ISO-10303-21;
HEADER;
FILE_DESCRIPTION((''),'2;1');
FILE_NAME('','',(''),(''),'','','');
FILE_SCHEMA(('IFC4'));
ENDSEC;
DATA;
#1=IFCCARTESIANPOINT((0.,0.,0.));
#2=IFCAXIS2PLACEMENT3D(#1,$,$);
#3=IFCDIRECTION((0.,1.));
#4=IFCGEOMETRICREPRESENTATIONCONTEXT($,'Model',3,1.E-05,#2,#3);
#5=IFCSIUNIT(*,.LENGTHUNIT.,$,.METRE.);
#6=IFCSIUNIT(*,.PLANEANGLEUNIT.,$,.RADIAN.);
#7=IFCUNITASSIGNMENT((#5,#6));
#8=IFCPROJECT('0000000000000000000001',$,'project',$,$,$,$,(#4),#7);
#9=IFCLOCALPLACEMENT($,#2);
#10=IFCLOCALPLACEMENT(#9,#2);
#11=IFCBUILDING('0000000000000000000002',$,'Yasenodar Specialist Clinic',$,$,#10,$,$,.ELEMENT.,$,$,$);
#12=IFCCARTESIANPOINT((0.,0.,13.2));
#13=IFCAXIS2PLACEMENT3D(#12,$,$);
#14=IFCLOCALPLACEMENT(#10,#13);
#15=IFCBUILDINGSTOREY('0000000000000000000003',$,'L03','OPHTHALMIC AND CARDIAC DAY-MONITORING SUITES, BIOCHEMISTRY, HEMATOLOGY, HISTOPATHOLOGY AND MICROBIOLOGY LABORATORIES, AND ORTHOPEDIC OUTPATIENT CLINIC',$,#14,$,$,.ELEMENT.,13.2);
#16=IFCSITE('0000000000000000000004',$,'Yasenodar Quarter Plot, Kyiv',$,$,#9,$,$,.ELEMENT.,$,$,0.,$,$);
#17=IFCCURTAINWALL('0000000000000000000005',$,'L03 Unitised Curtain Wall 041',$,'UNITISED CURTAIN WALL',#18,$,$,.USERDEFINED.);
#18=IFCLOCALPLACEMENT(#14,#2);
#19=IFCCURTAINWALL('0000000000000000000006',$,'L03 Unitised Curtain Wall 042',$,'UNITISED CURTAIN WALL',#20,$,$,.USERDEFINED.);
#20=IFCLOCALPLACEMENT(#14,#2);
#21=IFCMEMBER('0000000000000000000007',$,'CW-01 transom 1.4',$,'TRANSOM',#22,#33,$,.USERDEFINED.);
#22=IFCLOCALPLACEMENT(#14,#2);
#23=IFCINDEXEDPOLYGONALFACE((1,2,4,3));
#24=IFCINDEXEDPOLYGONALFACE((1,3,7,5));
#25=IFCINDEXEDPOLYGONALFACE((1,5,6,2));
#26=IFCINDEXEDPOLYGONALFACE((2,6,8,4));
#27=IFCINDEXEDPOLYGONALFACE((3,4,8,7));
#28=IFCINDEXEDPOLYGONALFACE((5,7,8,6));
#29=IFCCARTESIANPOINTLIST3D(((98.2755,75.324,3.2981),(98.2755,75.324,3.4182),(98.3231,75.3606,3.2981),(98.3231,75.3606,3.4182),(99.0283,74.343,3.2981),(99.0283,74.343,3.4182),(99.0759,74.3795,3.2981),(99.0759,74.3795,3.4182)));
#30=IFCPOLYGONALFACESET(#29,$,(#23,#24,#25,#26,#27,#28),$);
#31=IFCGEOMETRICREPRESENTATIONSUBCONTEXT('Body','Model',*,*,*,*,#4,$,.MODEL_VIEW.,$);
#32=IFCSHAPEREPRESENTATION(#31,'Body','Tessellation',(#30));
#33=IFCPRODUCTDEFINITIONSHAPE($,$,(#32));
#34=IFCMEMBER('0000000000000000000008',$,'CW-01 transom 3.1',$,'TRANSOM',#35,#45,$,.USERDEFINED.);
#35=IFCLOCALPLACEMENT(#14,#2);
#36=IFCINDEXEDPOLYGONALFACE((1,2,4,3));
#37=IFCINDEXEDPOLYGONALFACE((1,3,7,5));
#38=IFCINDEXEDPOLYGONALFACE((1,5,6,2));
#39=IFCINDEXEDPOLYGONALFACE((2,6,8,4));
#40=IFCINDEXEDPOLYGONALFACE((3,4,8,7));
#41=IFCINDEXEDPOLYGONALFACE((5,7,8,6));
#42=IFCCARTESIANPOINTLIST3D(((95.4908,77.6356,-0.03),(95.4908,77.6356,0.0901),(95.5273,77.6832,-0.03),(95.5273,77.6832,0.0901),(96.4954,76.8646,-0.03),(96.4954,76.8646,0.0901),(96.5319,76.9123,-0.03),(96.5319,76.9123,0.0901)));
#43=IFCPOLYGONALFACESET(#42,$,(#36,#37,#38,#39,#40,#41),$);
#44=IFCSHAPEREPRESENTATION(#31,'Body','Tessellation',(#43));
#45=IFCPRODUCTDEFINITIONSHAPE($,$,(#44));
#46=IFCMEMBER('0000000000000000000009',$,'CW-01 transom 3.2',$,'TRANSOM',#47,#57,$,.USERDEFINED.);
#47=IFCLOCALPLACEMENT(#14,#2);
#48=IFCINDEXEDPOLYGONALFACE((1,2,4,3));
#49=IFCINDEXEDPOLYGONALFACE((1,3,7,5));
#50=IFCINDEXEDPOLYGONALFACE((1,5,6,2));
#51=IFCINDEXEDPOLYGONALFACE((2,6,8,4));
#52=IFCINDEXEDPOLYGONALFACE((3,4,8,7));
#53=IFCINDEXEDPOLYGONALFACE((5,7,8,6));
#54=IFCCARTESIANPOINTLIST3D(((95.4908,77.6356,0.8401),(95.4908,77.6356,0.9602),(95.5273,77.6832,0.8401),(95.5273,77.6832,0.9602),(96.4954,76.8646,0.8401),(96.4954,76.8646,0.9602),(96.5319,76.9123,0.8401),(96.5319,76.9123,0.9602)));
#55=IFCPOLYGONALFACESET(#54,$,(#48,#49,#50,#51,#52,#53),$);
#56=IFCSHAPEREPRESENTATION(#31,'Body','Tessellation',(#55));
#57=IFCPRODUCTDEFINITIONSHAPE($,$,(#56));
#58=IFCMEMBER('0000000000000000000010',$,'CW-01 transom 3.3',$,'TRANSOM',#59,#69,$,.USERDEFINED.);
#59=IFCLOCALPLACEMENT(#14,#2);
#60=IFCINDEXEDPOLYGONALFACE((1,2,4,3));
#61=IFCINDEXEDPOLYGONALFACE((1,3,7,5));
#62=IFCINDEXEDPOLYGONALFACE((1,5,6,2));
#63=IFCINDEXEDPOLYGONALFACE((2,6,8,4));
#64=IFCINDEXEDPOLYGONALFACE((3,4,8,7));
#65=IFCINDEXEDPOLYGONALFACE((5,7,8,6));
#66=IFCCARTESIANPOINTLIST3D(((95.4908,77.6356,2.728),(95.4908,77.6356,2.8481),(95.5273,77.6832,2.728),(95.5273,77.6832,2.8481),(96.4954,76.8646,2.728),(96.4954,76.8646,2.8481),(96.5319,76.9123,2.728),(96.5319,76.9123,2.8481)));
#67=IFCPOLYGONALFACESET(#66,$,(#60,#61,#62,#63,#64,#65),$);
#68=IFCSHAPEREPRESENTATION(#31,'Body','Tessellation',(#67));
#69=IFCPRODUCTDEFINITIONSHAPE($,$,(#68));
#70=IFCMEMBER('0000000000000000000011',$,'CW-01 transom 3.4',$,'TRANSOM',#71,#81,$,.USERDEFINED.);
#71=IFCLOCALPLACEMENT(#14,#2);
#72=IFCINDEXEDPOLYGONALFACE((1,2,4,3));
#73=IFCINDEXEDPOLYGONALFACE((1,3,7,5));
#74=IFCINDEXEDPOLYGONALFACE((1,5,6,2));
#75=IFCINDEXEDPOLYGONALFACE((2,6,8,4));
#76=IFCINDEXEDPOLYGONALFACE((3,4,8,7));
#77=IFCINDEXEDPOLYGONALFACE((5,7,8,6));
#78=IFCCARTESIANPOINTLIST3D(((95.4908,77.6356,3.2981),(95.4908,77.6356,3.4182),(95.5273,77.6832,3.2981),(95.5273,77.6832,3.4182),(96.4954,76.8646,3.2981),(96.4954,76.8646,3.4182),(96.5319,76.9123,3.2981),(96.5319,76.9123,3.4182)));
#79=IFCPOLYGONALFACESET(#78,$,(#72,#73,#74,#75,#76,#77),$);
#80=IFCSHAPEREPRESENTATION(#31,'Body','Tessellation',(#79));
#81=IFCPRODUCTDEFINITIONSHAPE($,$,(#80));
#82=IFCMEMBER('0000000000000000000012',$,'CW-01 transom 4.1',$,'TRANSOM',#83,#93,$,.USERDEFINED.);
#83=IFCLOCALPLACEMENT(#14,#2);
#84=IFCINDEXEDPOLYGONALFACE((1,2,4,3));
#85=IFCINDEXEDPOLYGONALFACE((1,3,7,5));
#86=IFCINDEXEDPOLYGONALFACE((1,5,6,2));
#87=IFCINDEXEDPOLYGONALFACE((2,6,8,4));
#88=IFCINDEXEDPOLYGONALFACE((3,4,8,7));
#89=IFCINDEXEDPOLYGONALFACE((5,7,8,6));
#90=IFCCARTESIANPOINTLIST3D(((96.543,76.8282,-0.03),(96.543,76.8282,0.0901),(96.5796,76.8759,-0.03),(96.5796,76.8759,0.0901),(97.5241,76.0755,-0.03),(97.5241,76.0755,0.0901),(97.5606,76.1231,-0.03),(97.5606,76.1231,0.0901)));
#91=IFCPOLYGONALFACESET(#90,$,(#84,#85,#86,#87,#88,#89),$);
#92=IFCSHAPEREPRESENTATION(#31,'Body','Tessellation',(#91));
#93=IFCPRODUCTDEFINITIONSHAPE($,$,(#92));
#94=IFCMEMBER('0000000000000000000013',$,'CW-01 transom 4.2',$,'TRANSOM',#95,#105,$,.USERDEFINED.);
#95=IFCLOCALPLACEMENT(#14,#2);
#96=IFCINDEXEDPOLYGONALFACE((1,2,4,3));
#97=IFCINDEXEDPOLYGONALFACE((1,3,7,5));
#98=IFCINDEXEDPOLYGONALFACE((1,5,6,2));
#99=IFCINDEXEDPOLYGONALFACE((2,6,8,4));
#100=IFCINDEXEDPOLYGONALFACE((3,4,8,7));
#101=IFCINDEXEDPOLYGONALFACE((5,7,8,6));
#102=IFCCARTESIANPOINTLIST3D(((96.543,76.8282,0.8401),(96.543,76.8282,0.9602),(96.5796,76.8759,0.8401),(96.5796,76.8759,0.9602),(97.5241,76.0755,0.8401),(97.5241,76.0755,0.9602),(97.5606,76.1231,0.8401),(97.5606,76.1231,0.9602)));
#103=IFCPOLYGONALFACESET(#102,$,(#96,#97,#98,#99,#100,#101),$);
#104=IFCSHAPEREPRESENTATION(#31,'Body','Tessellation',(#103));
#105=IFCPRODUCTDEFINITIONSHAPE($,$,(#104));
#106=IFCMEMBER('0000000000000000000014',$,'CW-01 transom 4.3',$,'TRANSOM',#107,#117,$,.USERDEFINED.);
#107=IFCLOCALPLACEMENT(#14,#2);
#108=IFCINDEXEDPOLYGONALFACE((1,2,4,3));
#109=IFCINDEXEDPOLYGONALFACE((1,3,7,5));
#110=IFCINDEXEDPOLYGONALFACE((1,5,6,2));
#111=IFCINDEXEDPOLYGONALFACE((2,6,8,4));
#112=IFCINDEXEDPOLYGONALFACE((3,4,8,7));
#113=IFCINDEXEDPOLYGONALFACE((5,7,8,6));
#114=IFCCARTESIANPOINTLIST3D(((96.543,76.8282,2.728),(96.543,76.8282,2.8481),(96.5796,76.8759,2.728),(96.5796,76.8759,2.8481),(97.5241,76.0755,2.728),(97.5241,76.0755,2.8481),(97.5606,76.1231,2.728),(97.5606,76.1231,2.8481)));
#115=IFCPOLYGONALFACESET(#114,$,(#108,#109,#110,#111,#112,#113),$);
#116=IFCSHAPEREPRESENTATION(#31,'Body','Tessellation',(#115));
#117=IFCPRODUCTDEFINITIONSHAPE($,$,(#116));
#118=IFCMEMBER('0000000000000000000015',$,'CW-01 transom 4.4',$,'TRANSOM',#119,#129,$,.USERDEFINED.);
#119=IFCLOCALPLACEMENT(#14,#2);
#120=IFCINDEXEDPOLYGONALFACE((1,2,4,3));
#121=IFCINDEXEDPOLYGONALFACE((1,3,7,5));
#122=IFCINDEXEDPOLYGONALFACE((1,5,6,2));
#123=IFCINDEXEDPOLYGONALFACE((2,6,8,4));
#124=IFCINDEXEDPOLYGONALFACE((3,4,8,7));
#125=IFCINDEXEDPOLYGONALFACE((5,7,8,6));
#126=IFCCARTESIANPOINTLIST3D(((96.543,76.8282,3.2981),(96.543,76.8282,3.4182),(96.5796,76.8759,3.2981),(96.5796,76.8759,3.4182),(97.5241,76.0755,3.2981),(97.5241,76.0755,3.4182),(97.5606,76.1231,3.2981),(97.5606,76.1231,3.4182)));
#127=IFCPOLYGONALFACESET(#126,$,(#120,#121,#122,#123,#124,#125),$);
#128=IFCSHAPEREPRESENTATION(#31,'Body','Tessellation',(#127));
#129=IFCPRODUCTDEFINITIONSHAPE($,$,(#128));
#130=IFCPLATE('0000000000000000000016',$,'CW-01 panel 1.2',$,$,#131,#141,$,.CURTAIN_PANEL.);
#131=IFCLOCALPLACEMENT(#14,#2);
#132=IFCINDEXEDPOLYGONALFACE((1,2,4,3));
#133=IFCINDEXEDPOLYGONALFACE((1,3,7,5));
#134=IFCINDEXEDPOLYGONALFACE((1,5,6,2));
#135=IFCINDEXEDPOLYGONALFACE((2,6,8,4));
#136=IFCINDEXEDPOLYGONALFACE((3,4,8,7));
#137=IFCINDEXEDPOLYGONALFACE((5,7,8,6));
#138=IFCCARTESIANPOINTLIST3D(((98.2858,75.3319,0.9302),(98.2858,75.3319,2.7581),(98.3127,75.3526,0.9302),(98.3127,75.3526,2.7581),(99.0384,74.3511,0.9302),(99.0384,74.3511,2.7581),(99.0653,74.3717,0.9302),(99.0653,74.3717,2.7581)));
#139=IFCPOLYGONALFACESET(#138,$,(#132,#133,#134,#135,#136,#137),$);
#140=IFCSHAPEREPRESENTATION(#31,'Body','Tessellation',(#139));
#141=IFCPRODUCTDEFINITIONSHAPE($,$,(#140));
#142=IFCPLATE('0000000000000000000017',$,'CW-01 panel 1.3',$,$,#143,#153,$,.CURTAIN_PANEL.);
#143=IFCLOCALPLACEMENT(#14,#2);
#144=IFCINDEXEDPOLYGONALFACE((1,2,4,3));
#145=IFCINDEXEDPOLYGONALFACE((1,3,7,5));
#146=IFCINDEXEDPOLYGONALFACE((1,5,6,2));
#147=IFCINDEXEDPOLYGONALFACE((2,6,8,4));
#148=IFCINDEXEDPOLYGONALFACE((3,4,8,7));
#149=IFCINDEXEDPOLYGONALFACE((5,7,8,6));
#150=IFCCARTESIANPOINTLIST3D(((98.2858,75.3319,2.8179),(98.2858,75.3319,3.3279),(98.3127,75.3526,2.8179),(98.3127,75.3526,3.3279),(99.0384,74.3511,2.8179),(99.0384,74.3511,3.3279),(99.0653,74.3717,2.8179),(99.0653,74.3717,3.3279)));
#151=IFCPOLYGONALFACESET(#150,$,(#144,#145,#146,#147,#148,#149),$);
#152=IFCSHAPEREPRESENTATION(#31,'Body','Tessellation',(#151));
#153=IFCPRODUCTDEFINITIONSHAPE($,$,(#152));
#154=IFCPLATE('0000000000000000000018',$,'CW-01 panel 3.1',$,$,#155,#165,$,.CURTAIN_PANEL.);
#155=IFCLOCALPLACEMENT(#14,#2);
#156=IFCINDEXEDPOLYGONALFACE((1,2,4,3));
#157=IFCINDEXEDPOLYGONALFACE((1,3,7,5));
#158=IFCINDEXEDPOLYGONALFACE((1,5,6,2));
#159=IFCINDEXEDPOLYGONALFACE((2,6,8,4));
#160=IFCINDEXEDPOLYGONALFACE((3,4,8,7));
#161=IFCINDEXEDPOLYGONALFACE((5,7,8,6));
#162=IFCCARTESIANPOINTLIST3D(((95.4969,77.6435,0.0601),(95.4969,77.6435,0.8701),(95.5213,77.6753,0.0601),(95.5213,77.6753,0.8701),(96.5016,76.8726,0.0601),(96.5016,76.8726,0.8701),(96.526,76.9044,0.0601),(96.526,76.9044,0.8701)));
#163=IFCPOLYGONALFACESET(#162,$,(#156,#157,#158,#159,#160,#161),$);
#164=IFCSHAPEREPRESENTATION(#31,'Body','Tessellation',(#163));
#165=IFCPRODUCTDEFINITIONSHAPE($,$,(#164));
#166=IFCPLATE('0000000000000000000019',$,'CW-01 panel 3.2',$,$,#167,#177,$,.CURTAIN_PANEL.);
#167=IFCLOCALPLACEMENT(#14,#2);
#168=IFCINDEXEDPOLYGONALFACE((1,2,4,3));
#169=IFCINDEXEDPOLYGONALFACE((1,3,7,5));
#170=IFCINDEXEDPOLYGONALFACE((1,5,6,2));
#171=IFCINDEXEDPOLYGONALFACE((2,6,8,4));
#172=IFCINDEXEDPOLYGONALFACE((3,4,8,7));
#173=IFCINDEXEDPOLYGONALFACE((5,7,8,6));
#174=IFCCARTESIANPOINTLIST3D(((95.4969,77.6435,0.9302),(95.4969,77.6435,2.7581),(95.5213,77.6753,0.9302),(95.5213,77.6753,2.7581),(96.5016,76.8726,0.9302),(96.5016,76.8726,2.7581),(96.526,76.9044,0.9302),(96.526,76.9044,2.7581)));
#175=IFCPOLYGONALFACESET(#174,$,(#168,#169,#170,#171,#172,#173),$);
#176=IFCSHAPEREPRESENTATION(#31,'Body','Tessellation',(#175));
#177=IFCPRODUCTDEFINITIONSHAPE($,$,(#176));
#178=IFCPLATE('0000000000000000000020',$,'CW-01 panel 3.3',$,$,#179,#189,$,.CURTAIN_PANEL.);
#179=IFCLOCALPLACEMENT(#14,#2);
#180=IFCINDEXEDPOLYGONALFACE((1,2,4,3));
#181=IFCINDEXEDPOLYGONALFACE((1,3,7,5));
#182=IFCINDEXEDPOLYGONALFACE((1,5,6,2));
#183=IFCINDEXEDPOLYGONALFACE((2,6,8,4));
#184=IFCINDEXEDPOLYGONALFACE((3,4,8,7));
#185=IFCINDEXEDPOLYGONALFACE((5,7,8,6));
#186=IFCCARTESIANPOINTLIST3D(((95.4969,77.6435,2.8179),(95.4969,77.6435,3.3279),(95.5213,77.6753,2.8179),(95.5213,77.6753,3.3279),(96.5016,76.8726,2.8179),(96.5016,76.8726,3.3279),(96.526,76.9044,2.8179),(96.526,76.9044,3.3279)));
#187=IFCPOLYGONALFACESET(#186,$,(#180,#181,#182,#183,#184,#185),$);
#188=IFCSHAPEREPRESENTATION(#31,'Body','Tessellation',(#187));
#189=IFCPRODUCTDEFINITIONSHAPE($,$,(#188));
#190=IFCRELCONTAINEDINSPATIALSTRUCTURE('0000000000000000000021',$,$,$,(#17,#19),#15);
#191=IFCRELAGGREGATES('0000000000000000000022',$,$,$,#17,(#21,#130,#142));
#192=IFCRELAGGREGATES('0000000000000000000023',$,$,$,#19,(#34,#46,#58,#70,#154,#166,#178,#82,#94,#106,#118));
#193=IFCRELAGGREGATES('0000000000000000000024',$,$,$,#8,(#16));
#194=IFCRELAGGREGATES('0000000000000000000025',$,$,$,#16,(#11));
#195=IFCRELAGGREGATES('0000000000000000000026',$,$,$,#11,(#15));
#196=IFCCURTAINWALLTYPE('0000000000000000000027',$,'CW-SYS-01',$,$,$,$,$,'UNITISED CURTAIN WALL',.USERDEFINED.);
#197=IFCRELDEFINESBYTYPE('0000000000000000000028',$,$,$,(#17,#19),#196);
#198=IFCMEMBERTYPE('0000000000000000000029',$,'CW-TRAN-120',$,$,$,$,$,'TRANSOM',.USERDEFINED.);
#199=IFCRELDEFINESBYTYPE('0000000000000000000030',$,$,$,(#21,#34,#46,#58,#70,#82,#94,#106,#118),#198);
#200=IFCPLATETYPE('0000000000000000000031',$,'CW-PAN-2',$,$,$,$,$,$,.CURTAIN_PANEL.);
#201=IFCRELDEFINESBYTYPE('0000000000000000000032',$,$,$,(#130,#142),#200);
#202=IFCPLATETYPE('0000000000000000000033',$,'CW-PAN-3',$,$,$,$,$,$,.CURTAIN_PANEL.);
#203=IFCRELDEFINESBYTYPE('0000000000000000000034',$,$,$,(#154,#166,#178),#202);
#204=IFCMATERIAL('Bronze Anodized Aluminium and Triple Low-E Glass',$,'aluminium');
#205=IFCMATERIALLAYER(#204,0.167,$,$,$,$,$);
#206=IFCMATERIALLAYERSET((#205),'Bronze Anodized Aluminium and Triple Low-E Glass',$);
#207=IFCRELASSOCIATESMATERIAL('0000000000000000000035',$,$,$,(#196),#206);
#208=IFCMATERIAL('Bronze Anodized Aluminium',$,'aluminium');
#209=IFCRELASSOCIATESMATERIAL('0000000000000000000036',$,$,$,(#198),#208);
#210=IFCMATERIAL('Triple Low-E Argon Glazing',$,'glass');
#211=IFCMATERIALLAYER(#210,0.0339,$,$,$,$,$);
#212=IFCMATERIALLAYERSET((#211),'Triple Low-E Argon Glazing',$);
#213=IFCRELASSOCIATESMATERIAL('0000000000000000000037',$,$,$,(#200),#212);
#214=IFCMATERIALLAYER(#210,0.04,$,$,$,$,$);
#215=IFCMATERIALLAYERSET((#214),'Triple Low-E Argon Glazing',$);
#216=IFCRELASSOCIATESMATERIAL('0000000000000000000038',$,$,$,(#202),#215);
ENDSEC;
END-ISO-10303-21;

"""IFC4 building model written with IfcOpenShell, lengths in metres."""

from ifc_helpers import new_model, si_unit, direction, frame, origin, origin_2d, place, context, subcontext, project, spatial, rectangle, extrude, material, layer, layer_set, material_profile, profile_set, type_object, element, aggregate, save


model = new_model("IFC4")

# Units and contexts
model_context = context("Model", 3, precision=1e-05, world=origin(), true_north=direction((0.0, 1.0)))
body_context = subcontext(model_context, "Body", "Model", "MODEL_VIEW")
ifc_project = project(units=[si_unit("LENGTHUNIT", "METRE"), si_unit("PLANEANGLEUNIT", "RADIAN")], contexts=[model_context])

# Site, building, storey
site_placement = place(None, origin())
site = spatial("IfcSite", under=ifc_project, at=site_placement, Name="Yasenodar Quarter Plot, Kyiv", CompositionType="ELEMENT", RefElevation=0.0)
building_placement = place(site_placement, origin())
building = spatial("IfcBuilding", under=site, at=building_placement, Name="Yasenodar Specialist Clinic", CompositionType="ELEMENT")
storey_placement = place(building_placement, frame((0.0, 0.0, 13.2)))
storey = spatial("IfcBuildingStorey", under=building, at=storey_placement, Name="L03", Description="OPHTHALMIC AND CARDIAC DAY-MONITORING SUITES, BIOCHEMISTRY, HEMATOLOGY, HISTOPATHOLOGY AND MICROBIOLOGY LABORATORIES, AND ORTHOPEDIC OUTPATIENT CLINIC", CompositionType="ELEMENT", Elevation=13.2)

# Curtain wall
ifc_material_1 = material(Name="Bronze Anodized Aluminium and Triple Low-E Glass", Category="aluminium")
ifc_layer_1 = layer(ifc_material_1, 0.167)
ifc_layer_set_1 = layer_set([ifc_layer_1], Name="Bronze Anodized Aluminium and Triple Low-E Glass")
curtain_wall_type = type_object("IfcCurtainWallType", Name="CW-SYS-01", ElementType="UNITISED CURTAIN WALL", PredefinedType="USERDEFINED", material=ifc_layer_set_1)
curtain_wall_1_placement = place(storey_placement, origin())
curtain_wall_1 = element("IfcCurtainWall", 1, at=curtain_wall_1_placement, inside=storey, type_object=curtain_wall_type, Name="L03 Unitised Curtain Wall 041", ObjectType="UNITISED CURTAIN WALL", PredefinedType="USERDEFINED")
ifc_material_2 = material(Name="Bronze Anodized Aluminium", Category="aluminium")

# Curtain wall
curtain_wall_2_placement = place(storey_placement, origin())
curtain_wall_2 = element("IfcCurtainWall", 2, at=curtain_wall_2_placement, inside=storey, type_object=curtain_wall_type, Name="L03 Unitised Curtain Wall 042", ObjectType="UNITISED CURTAIN WALL", PredefinedType="USERDEFINED")

# Members
ifc_material_profile_1 = material_profile(ifc_material_2, rectangle(XDim=0.0601, YDim=0.1201, at=origin_2d()), Name="CW-TRAN 60x120")
ifc_profile_set_1 = profile_set([ifc_material_profile_1], Name="Bronze Anodized Aluminium")
member_type_1 = type_object("IfcMemberType", Name="CW-TRAN-120", ElementType="TRANSOM", PredefinedType="USERDEFINED", material=ifc_profile_set_1)
member_1_placement = place(storey_placement, frame((98.2993, 75.3423, 3.3582), z_axis=(0.608747, -0.793365, 0.0), x_axis=(0.793365, 0.608747, 0.0)))
member_1 = element("IfcMember", 3, at=member_1_placement, type_object=member_type_1, Name="CW-01 transom 1.4", ObjectType="TRANSOM", PredefinedType="USERDEFINED", context=body_context, shape_type="SweptSolid", body=[
    extrude(rectangle(XDim=0.0601, YDim=0.1201, at=origin_2d()), origin(), (0.0, 0.0, 1.0), 1.2366),
])
member_2_placement = place(storey_placement, frame((95.509, 77.6594, 0.03), z_axis=(0.793311, -0.608816, 0.0), x_axis=(0.608816, 0.793311, 0.0)))
member_2 = element("IfcMember", 4, at=member_2_placement, type_object=member_type_1, Name="CW-01 transom 3.1", ObjectType="TRANSOM", PredefinedType="USERDEFINED", context=body_context, shape_type="SweptSolid", body=[
    extrude(rectangle(XDim=0.0601, YDim=0.1201, at=origin_2d()), origin(), (0.0, 0.0, 1.0), 1.2664),
])
member_3_placement = place(storey_placement, frame((95.509, 77.6594, 0.9001), z_axis=(0.793311, -0.608816, 0.0), x_axis=(0.608816, 0.793311, 0.0)))
member_3 = element("IfcMember", 5, at=member_3_placement, type_object=member_type_1, Name="CW-01 transom 3.2", ObjectType="TRANSOM", PredefinedType="USERDEFINED", context=body_context, shape_type="SweptSolid", body=[
    extrude(rectangle(XDim=0.0601, YDim=0.1201, at=origin_2d()), origin(), (0.0, 0.0, 1.0), 1.2664),
])
member_4_placement = place(storey_placement, frame((95.509, 77.6594, 2.7881), z_axis=(0.793311, -0.608816, 0.0), x_axis=(0.608816, 0.793311, 0.0)))
member_4 = element("IfcMember", 6, at=member_4_placement, type_object=member_type_1, Name="CW-01 transom 3.3", ObjectType="TRANSOM", PredefinedType="USERDEFINED", context=body_context, shape_type="SweptSolid", body=[
    extrude(rectangle(XDim=0.0601, YDim=0.1201, at=origin_2d()), origin(), (0.0, 0.0, 1.0), 1.2664),
])
member_5_placement = place(storey_placement, frame((95.509, 77.6594, 3.3582), z_axis=(0.793311, -0.608816, 0.0), x_axis=(0.608816, 0.793311, 0.0)))
member_5 = element("IfcMember", 7, at=member_5_placement, type_object=member_type_1, Name="CW-01 transom 3.4", ObjectType="TRANSOM", PredefinedType="USERDEFINED", context=body_context, shape_type="SweptSolid", body=[
    extrude(rectangle(XDim=0.0601, YDim=0.1201, at=origin_2d()), origin(), (0.0, 0.0, 1.0), 1.2664),
])
member_6_placement = place(storey_placement, frame((96.5613, 76.8521, 0.03), z_axis=(0.793365, -0.608747, 0.0), x_axis=(0.608747, 0.793365, 0.0)))
member_6 = element("IfcMember", 8, at=member_6_placement, type_object=member_type_1, Name="CW-01 transom 4.1", ObjectType="TRANSOM", PredefinedType="USERDEFINED", context=body_context, shape_type="SweptSolid", body=[
    extrude(rectangle(XDim=0.0601, YDim=0.1201, at=origin_2d()), origin(), (0.0, 0.0, 1.0), 1.2366),
])
member_7_placement = place(storey_placement, frame((96.5613, 76.8521, 0.9001), z_axis=(0.793365, -0.608747, 0.0), x_axis=(0.608747, 0.793365, 0.0)))
member_7 = element("IfcMember", 9, at=member_7_placement, type_object=member_type_1, Name="CW-01 transom 4.2", ObjectType="TRANSOM", PredefinedType="USERDEFINED", context=body_context, shape_type="SweptSolid", body=[
    extrude(rectangle(XDim=0.0601, YDim=0.1201, at=origin_2d()), origin(), (0.0, 0.0, 1.0), 1.2366),
])
member_8_placement = place(storey_placement, frame((96.5613, 76.8521, 2.7881), z_axis=(0.793365, -0.608747, 0.0), x_axis=(0.608747, 0.793365, 0.0)))
member_8 = element("IfcMember", 10, at=member_8_placement, type_object=member_type_1, Name="CW-01 transom 4.3", ObjectType="TRANSOM", PredefinedType="USERDEFINED", context=body_context, shape_type="SweptSolid", body=[
    extrude(rectangle(XDim=0.0601, YDim=0.1201, at=origin_2d()), origin(), (0.0, 0.0, 1.0), 1.2366),
])
member_9_placement = place(storey_placement, frame((96.5613, 76.8521, 3.3582), z_axis=(0.793365, -0.608747, 0.0), x_axis=(0.608747, 0.793365, 0.0)))
member_9 = element("IfcMember", 11, at=member_9_placement, type_object=member_type_1, Name="CW-01 transom 4.4", ObjectType="TRANSOM", PredefinedType="USERDEFINED", context=body_context, shape_type="SweptSolid", body=[
    extrude(rectangle(XDim=0.0601, YDim=0.1201, at=origin_2d()), origin(), (0.0, 0.0, 1.0), 1.2366),
])

# Plates
ifc_material_3 = material(Name="Triple Low-E Argon Glazing", Category="glass")
ifc_layer_2 = layer(ifc_material_3, 0.0339)
ifc_layer_set_2 = layer_set([ifc_layer_2], Name="Triple Low-E Argon Glazing")
plate_type_1 = type_object("IfcPlateType", Name="CW-PAN-2", PredefinedType="CURTAIN_PANEL", material=ifc_layer_set_2)
plate_1_placement = place(storey_placement, frame((98.6755, 74.8518, 0.9302), z_axis=(0.0, 0.0, 1.0), x_axis=(0.608752, -0.793361, 0.0)))
plate_1 = element("IfcPlate", 12, at=plate_1_placement, type_object=plate_type_1, Name="CW-01 panel 1.2", PredefinedType="CURTAIN_PANEL", context=body_context, shape_type="SweptSolid", body=[
    extrude(rectangle(XDim=1.2363, YDim=0.0339, at=origin_2d()), origin(), (0.0, 0.0, 1.0), 1.8279),
])
plate_2_placement = place(storey_placement, frame((98.6755, 74.8518, 2.8179), z_axis=(0.0, 0.0, 1.0), x_axis=(0.608752, -0.793361, 0.0)))
plate_2 = element("IfcPlate", 13, at=plate_2_placement, type_object=plate_type_1, Name="CW-01 panel 1.3", PredefinedType="CURTAIN_PANEL", context=body_context, shape_type="SweptSolid", body=[
    extrude(rectangle(XDim=1.2363, YDim=0.0339, at=origin_2d()), origin(), (0.0, 0.0, 1.0), 0.51),
])
aggregate(curtain_wall_1, [member_1, plate_1, plate_2])
ifc_layer_3 = layer(ifc_material_3, 0.04)
ifc_layer_set_3 = layer_set([ifc_layer_3], Name="Triple Low-E Argon Glazing")
plate_type_2 = type_object("IfcPlateType", Name="CW-PAN-3", PredefinedType="CURTAIN_PANEL", material=ifc_layer_set_3)
plate_3_placement = place(storey_placement, frame((96.0115, 77.2739, 0.0601), z_axis=(0.0, 0.0, 1.0), x_axis=(0.793361, -0.608752, 0.0)))
plate_3 = element("IfcPlate", 14, at=plate_3_placement, type_object=plate_type_2, Name="CW-01 panel 3.1", PredefinedType="CURTAIN_PANEL", context=body_context, shape_type="SweptSolid", body=[
    extrude(rectangle(XDim=1.2664, YDim=0.04, at=origin_2d()), origin(), (0.0, 0.0, 1.0), 0.8101),
])
plate_4_placement = place(storey_placement, frame((96.0115, 77.2739, 0.9302), z_axis=(0.0, 0.0, 1.0), x_axis=(0.793361, -0.608752, 0.0)))
plate_4 = element("IfcPlate", 15, at=plate_4_placement, type_object=plate_type_2, Name="CW-01 panel 3.2", PredefinedType="CURTAIN_PANEL", context=body_context, shape_type="SweptSolid", body=[
    extrude(rectangle(XDim=1.2664, YDim=0.04, at=origin_2d()), origin(), (0.0, 0.0, 1.0), 1.8279),
])
plate_5_placement = place(storey_placement, frame((96.0115, 77.2739, 2.8179), z_axis=(0.0, 0.0, 1.0), x_axis=(0.793361, -0.608752, 0.0)))
plate_5 = element("IfcPlate", 16, at=plate_5_placement, type_object=plate_type_2, Name="CW-01 panel 3.3", PredefinedType="CURTAIN_PANEL", context=body_context, shape_type="SweptSolid", body=[
    extrude(rectangle(XDim=1.2664, YDim=0.04, at=origin_2d()), origin(), (0.0, 0.0, 1.0), 0.51),
])
aggregate(curtain_wall_2, [member_2, member_3, member_4, member_5, plate_3, plate_4, plate_5, member_6, member_7, member_8, member_9])

save(model, "model.ifc")
